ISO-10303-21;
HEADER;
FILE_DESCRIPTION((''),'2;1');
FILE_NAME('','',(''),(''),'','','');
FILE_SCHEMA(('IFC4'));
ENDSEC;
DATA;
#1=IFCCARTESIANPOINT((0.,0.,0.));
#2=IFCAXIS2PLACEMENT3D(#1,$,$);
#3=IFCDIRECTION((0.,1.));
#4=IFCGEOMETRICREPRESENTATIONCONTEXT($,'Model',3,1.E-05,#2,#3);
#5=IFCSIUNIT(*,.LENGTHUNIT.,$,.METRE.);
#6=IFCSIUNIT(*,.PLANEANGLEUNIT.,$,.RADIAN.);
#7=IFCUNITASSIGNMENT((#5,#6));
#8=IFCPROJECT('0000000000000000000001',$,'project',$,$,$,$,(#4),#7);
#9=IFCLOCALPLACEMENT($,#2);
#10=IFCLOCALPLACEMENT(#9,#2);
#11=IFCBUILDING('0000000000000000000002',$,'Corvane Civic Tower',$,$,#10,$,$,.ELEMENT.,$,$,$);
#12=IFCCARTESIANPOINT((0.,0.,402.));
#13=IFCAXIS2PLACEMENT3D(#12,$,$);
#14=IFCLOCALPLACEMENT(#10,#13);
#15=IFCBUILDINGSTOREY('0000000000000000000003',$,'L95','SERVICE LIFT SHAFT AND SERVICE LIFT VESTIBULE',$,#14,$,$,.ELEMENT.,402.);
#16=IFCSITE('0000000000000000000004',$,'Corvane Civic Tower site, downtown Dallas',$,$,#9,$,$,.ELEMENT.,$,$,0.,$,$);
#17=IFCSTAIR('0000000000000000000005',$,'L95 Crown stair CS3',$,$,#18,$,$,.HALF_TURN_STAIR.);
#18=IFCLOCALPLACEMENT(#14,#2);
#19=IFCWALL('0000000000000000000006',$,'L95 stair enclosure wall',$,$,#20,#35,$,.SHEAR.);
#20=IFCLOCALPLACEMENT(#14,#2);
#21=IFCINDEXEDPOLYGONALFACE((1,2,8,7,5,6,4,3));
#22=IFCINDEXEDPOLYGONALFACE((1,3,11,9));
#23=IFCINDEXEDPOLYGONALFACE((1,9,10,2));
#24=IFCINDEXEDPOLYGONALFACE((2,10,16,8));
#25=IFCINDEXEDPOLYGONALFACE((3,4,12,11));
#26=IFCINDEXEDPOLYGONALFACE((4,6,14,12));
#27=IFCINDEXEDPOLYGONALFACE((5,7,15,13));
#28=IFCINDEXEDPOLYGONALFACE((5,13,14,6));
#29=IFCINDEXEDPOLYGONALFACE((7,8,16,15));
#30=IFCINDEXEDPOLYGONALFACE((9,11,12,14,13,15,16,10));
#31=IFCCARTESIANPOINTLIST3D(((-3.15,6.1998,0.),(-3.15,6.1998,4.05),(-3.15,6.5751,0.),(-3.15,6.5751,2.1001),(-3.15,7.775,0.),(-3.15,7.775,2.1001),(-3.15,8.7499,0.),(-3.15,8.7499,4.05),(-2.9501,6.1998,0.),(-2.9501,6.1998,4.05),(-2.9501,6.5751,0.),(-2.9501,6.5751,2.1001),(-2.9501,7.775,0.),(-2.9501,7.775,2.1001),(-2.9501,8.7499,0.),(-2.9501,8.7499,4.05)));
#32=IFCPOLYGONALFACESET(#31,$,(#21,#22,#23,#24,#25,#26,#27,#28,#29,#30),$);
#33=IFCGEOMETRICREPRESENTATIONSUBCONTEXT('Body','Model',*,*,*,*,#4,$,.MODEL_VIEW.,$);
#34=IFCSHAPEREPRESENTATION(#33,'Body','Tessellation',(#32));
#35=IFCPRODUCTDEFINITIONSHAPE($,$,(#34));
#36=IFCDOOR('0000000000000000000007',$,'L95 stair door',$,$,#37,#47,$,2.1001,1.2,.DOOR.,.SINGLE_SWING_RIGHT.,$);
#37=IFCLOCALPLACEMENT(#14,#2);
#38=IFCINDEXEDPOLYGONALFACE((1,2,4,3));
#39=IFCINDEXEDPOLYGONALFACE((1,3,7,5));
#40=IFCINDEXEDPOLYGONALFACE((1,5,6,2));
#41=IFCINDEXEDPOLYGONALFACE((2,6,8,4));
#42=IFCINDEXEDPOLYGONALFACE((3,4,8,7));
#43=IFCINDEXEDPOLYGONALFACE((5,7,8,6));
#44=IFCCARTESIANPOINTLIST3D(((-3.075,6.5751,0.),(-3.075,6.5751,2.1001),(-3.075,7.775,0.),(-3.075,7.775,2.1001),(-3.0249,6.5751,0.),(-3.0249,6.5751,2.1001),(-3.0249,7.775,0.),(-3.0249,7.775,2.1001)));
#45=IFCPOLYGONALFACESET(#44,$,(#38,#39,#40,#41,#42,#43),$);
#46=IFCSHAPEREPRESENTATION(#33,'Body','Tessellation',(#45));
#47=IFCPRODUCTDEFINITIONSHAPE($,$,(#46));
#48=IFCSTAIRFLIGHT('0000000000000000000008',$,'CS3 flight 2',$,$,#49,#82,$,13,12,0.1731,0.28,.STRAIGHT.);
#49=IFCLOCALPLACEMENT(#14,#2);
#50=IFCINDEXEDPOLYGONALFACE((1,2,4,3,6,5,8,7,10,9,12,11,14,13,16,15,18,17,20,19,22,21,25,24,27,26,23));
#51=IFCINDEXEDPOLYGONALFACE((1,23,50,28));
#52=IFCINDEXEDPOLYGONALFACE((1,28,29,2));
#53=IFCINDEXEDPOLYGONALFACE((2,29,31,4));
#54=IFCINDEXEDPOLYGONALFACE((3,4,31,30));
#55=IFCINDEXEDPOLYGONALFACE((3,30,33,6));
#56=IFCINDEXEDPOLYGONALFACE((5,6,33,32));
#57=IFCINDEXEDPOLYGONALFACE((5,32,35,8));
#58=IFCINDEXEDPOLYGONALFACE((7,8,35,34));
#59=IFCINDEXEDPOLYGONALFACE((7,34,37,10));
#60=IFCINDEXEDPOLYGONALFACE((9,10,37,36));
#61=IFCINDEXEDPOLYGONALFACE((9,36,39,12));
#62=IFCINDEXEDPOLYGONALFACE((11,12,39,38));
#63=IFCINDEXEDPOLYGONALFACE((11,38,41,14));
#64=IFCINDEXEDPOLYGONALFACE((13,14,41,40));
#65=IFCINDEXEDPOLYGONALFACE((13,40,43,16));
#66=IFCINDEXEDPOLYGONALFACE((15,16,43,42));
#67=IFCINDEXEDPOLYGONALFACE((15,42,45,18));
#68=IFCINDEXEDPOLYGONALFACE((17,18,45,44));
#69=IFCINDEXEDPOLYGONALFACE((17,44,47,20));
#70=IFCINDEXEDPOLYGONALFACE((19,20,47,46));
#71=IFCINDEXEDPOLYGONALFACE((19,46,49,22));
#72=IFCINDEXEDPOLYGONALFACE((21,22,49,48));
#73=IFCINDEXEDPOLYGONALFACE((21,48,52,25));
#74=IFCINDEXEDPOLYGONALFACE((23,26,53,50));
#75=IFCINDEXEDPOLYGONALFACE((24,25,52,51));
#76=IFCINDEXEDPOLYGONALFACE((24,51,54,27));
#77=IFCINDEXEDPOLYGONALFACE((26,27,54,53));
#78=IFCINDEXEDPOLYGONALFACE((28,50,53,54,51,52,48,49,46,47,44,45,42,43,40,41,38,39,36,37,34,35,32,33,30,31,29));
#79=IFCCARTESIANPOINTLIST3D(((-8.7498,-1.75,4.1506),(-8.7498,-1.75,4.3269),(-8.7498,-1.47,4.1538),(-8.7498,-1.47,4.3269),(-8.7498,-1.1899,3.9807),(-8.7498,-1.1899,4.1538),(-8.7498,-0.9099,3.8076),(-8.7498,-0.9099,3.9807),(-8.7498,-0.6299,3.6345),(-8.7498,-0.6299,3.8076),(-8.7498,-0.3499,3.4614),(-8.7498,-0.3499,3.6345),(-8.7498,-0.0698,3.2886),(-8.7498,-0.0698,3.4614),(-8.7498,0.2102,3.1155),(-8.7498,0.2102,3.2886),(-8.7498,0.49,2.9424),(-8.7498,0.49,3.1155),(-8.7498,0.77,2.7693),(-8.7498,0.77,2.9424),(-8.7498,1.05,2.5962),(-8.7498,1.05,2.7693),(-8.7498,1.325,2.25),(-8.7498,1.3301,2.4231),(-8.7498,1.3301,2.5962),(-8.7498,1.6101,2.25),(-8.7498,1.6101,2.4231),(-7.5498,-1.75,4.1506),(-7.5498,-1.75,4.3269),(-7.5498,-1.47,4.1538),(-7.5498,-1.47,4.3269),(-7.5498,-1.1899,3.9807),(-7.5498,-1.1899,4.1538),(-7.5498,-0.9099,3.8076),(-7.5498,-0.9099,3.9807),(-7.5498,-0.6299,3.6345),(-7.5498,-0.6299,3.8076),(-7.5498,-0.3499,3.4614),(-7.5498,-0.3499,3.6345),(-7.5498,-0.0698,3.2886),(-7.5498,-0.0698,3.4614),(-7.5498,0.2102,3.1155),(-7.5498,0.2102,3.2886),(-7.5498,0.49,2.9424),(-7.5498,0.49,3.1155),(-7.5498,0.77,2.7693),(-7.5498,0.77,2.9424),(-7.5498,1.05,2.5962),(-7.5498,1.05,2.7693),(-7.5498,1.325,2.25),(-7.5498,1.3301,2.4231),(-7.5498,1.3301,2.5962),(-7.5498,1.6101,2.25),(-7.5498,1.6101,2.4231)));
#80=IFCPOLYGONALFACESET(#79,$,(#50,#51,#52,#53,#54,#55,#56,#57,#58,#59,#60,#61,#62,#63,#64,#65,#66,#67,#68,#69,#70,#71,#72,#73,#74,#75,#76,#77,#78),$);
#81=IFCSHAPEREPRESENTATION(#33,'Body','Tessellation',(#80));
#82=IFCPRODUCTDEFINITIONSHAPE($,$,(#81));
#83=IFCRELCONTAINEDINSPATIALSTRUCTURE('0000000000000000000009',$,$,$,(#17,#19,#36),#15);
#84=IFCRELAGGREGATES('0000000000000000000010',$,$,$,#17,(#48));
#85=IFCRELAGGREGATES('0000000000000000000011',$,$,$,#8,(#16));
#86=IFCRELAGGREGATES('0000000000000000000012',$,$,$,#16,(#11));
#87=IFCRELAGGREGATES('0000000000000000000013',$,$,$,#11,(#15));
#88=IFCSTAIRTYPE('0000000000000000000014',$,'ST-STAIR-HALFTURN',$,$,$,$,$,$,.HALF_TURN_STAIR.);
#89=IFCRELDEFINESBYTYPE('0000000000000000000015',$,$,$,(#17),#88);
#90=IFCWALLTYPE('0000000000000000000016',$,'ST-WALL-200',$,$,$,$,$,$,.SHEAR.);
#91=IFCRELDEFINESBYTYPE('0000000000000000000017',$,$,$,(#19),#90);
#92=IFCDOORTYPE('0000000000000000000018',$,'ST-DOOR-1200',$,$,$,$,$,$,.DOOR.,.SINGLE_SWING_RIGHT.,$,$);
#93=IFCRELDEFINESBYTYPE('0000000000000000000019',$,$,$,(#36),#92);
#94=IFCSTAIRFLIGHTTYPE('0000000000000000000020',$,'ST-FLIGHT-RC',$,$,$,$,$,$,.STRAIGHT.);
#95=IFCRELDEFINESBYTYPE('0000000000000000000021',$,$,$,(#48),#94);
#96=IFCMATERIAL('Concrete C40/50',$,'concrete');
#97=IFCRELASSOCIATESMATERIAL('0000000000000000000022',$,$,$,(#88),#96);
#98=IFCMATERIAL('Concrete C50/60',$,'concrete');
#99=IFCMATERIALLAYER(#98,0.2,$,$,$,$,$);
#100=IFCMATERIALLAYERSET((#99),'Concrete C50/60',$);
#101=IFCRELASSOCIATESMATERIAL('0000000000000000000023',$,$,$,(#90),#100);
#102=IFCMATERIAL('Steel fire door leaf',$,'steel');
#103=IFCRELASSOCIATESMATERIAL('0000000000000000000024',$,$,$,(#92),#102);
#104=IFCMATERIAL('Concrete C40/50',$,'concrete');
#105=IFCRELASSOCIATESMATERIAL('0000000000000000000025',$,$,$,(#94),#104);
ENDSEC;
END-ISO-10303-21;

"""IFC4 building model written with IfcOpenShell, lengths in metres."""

from ifc_helpers import new_model, si_unit, direction, frame, frame_2d, origin, place, context, subcontext, project, spatial, polyline, rectangle, outline, extrude, material, layer, layer_set, type_object, element, fill, aggregate, save


model = new_model("IFC4")

# Units and contexts
model_context = context("Model", 3, precision=1e-05, world=origin(), true_north=direction((0.0, 1.0)))
body_context = subcontext(model_context, "Body", "Model", "MODEL_VIEW")
ifc_project = project(units=[si_unit("LENGTHUNIT", "METRE"), si_unit("PLANEANGLEUNIT", "RADIAN")], contexts=[model_context])

# Site, building, storey
site_placement = place(None, origin())
site = spatial("IfcSite", under=ifc_project, at=site_placement, Name="Corvane Civic Tower site, downtown Dallas", CompositionType="ELEMENT", RefElevation=0.0)
building_placement = place(site_placement, origin())
building = spatial("IfcBuilding", under=site, at=building_placement, Name="Corvane Civic Tower", CompositionType="ELEMENT")
storey_placement = place(building_placement, frame((0.0, 0.0, 402.0)))
storey = spatial("IfcBuildingStorey", under=building, at=storey_placement, Name="L95", Description="SERVICE LIFT SHAFT AND SERVICE LIFT VESTIBULE", CompositionType="ELEMENT", Elevation=402.0)

# Stair
ifc_material_1 = material(Name="Concrete C40/50", Category="concrete")
stair_type = type_object("IfcStairType", Name="ST-STAIR-HALFTURN", PredefinedType="HALF_TURN_STAIR", material=ifc_material_1)
stair_1_placement = place(storey_placement, origin())
stair_1 = element("IfcStair", 1, at=stair_1_placement, inside=storey, type_object=stair_type, Name="L95 Crown stair CS3", PredefinedType="HALF_TURN_STAIR")

# Wall, opening, door
ifc_material_2 = material(Name="Concrete C50/60", Category="concrete")
ifc_layer_1 = layer(ifc_material_2, 0.2)
ifc_layer_set_1 = layer_set([ifc_layer_1], Name="Concrete C50/60")
wall_type_1 = type_object("IfcWallType", Name="ST-WALL-200", PredefinedType="SHEAR", material=ifc_layer_set_1)
wall_1_placement = place(storey_placement, frame((-3.05, 6.2, 0.0), z_axis=(0.0, 0.0, 1.0), x_axis=(0.0, 1.0, 0.0)))
wall_1 = element("IfcWall", 2, at=wall_1_placement, inside=storey, type_object=wall_type_1, Name="L95 stair enclosure wall", PredefinedType="SHEAR", context=body_context, shape_type="SweptSolid", body=[
    extrude(rectangle(XDim=2.55, YDim=0.2, at=frame_2d((1.2749, 0.0))), origin(), (0.0, 0.0, 1.0), 4.05),
])
opening_1_placement = place(wall_1_placement, frame((0.375, 0.0, 0.0)))
opening_1 = element("IfcOpeningElement", 3, at=opening_1_placement, cuts=wall_1, PredefinedType="OPENING", context=body_context, shape_type="SweptSolid", body=[
    extrude(rectangle(XDim=1.2, YDim=2.1001, at=frame_2d((0.6001, 1.05))), frame((0.0, 0.1099, 0.0), z_axis=(0.0, -1.0, 0.0), x_axis=(1.0, 0.0, 0.0)), (0.0, 0.0, 1.0), 0.22),
])
ifc_material_3 = material(Name="Steel fire door leaf", Category="steel")
door_type_1 = type_object("IfcDoorType", Name="ST-DOOR-1200", OperationType="SINGLE_SWING_RIGHT", PredefinedType="DOOR", material=ifc_material_3)
door_1_placement = place(opening_1_placement, origin())
door_1 = element("IfcDoor", 4, at=door_1_placement, inside=storey, type_object=door_type_1, Name="L95 stair door", OperationType="SINGLE_SWING_RIGHT", OverallHeight=2.1001, OverallWidth=1.2, PredefinedType="DOOR", context=body_context, shape_type="SweptSolid", body=[
    extrude(rectangle(XDim=1.2, YDim=2.1001, at=frame_2d((0.6001, 1.05))), frame((0.0, 0.0249, 0.0), z_axis=(0.0, -1.0, 0.0), x_axis=(1.0, 0.0, 0.0)), (0.0, 0.0, 1.0), 0.05),
])
fill(opening_1, door_1)

# Stair flight
ifc_material_4 = material(Name="Concrete C40/50", Category="concrete")
stair_flight_type = type_object("IfcStairFlightType", Name="ST-FLIGHT-RC", PredefinedType="STRAIGHT", material=ifc_material_4)
stair_flight_placement = place(storey_placement, frame((-8.1499, 1.6101, 2.25), z_axis=(0.0, 0.0, 1.0), x_axis=(0.0, -1.0, 0.0)))
stair_flight = element("IfcStairFlight", 5, at=stair_flight_placement, type_object=stair_flight_type, Name="CS3 flight 2", NumberOfRisers=13, NumberOfTreads=12, PredefinedType="STRAIGHT", RiserHeight=0.1731, TreadLength=0.28, context=body_context, shape_type="SweptSolid", body=[
    extrude(outline(polyline([(0.0, 0.0), (0.0, 0.1731), (0.28, 0.1731), (0.28, 0.3462), (0.5601, 0.3462), (0.5601, 0.5193), (0.8401, 0.5193), (0.8401, 0.6924), (1.1201, 0.6924), (1.1201, 0.8655), (1.3999, 0.8655), (1.3999, 1.0386), (1.6799, 1.0386), (1.6799, 1.2114), (1.96, 1.2114), (1.96, 1.3845), (2.24, 1.3845), (2.24, 1.5576), (2.52, 1.5576), (2.52, 1.7307), (2.8, 1.7307), (2.8, 1.9038), (3.0801, 1.9038), (3.0801, 2.0769), (3.3601, 2.0769), (3.3601, 2.25), (3.3601, 1.9006), (0.2852, 0.0), (0.0, 0.0)])), frame((0.0, 0.6001, 0.0), z_axis=(0.0, -1.0, 0.0), x_axis=(1.0, 0.0, 0.0)), (0.0, 0.0, 1.0), 1.2),
])
aggregate(stair_1, [stair_flight])

save(model, "model.ifc")
